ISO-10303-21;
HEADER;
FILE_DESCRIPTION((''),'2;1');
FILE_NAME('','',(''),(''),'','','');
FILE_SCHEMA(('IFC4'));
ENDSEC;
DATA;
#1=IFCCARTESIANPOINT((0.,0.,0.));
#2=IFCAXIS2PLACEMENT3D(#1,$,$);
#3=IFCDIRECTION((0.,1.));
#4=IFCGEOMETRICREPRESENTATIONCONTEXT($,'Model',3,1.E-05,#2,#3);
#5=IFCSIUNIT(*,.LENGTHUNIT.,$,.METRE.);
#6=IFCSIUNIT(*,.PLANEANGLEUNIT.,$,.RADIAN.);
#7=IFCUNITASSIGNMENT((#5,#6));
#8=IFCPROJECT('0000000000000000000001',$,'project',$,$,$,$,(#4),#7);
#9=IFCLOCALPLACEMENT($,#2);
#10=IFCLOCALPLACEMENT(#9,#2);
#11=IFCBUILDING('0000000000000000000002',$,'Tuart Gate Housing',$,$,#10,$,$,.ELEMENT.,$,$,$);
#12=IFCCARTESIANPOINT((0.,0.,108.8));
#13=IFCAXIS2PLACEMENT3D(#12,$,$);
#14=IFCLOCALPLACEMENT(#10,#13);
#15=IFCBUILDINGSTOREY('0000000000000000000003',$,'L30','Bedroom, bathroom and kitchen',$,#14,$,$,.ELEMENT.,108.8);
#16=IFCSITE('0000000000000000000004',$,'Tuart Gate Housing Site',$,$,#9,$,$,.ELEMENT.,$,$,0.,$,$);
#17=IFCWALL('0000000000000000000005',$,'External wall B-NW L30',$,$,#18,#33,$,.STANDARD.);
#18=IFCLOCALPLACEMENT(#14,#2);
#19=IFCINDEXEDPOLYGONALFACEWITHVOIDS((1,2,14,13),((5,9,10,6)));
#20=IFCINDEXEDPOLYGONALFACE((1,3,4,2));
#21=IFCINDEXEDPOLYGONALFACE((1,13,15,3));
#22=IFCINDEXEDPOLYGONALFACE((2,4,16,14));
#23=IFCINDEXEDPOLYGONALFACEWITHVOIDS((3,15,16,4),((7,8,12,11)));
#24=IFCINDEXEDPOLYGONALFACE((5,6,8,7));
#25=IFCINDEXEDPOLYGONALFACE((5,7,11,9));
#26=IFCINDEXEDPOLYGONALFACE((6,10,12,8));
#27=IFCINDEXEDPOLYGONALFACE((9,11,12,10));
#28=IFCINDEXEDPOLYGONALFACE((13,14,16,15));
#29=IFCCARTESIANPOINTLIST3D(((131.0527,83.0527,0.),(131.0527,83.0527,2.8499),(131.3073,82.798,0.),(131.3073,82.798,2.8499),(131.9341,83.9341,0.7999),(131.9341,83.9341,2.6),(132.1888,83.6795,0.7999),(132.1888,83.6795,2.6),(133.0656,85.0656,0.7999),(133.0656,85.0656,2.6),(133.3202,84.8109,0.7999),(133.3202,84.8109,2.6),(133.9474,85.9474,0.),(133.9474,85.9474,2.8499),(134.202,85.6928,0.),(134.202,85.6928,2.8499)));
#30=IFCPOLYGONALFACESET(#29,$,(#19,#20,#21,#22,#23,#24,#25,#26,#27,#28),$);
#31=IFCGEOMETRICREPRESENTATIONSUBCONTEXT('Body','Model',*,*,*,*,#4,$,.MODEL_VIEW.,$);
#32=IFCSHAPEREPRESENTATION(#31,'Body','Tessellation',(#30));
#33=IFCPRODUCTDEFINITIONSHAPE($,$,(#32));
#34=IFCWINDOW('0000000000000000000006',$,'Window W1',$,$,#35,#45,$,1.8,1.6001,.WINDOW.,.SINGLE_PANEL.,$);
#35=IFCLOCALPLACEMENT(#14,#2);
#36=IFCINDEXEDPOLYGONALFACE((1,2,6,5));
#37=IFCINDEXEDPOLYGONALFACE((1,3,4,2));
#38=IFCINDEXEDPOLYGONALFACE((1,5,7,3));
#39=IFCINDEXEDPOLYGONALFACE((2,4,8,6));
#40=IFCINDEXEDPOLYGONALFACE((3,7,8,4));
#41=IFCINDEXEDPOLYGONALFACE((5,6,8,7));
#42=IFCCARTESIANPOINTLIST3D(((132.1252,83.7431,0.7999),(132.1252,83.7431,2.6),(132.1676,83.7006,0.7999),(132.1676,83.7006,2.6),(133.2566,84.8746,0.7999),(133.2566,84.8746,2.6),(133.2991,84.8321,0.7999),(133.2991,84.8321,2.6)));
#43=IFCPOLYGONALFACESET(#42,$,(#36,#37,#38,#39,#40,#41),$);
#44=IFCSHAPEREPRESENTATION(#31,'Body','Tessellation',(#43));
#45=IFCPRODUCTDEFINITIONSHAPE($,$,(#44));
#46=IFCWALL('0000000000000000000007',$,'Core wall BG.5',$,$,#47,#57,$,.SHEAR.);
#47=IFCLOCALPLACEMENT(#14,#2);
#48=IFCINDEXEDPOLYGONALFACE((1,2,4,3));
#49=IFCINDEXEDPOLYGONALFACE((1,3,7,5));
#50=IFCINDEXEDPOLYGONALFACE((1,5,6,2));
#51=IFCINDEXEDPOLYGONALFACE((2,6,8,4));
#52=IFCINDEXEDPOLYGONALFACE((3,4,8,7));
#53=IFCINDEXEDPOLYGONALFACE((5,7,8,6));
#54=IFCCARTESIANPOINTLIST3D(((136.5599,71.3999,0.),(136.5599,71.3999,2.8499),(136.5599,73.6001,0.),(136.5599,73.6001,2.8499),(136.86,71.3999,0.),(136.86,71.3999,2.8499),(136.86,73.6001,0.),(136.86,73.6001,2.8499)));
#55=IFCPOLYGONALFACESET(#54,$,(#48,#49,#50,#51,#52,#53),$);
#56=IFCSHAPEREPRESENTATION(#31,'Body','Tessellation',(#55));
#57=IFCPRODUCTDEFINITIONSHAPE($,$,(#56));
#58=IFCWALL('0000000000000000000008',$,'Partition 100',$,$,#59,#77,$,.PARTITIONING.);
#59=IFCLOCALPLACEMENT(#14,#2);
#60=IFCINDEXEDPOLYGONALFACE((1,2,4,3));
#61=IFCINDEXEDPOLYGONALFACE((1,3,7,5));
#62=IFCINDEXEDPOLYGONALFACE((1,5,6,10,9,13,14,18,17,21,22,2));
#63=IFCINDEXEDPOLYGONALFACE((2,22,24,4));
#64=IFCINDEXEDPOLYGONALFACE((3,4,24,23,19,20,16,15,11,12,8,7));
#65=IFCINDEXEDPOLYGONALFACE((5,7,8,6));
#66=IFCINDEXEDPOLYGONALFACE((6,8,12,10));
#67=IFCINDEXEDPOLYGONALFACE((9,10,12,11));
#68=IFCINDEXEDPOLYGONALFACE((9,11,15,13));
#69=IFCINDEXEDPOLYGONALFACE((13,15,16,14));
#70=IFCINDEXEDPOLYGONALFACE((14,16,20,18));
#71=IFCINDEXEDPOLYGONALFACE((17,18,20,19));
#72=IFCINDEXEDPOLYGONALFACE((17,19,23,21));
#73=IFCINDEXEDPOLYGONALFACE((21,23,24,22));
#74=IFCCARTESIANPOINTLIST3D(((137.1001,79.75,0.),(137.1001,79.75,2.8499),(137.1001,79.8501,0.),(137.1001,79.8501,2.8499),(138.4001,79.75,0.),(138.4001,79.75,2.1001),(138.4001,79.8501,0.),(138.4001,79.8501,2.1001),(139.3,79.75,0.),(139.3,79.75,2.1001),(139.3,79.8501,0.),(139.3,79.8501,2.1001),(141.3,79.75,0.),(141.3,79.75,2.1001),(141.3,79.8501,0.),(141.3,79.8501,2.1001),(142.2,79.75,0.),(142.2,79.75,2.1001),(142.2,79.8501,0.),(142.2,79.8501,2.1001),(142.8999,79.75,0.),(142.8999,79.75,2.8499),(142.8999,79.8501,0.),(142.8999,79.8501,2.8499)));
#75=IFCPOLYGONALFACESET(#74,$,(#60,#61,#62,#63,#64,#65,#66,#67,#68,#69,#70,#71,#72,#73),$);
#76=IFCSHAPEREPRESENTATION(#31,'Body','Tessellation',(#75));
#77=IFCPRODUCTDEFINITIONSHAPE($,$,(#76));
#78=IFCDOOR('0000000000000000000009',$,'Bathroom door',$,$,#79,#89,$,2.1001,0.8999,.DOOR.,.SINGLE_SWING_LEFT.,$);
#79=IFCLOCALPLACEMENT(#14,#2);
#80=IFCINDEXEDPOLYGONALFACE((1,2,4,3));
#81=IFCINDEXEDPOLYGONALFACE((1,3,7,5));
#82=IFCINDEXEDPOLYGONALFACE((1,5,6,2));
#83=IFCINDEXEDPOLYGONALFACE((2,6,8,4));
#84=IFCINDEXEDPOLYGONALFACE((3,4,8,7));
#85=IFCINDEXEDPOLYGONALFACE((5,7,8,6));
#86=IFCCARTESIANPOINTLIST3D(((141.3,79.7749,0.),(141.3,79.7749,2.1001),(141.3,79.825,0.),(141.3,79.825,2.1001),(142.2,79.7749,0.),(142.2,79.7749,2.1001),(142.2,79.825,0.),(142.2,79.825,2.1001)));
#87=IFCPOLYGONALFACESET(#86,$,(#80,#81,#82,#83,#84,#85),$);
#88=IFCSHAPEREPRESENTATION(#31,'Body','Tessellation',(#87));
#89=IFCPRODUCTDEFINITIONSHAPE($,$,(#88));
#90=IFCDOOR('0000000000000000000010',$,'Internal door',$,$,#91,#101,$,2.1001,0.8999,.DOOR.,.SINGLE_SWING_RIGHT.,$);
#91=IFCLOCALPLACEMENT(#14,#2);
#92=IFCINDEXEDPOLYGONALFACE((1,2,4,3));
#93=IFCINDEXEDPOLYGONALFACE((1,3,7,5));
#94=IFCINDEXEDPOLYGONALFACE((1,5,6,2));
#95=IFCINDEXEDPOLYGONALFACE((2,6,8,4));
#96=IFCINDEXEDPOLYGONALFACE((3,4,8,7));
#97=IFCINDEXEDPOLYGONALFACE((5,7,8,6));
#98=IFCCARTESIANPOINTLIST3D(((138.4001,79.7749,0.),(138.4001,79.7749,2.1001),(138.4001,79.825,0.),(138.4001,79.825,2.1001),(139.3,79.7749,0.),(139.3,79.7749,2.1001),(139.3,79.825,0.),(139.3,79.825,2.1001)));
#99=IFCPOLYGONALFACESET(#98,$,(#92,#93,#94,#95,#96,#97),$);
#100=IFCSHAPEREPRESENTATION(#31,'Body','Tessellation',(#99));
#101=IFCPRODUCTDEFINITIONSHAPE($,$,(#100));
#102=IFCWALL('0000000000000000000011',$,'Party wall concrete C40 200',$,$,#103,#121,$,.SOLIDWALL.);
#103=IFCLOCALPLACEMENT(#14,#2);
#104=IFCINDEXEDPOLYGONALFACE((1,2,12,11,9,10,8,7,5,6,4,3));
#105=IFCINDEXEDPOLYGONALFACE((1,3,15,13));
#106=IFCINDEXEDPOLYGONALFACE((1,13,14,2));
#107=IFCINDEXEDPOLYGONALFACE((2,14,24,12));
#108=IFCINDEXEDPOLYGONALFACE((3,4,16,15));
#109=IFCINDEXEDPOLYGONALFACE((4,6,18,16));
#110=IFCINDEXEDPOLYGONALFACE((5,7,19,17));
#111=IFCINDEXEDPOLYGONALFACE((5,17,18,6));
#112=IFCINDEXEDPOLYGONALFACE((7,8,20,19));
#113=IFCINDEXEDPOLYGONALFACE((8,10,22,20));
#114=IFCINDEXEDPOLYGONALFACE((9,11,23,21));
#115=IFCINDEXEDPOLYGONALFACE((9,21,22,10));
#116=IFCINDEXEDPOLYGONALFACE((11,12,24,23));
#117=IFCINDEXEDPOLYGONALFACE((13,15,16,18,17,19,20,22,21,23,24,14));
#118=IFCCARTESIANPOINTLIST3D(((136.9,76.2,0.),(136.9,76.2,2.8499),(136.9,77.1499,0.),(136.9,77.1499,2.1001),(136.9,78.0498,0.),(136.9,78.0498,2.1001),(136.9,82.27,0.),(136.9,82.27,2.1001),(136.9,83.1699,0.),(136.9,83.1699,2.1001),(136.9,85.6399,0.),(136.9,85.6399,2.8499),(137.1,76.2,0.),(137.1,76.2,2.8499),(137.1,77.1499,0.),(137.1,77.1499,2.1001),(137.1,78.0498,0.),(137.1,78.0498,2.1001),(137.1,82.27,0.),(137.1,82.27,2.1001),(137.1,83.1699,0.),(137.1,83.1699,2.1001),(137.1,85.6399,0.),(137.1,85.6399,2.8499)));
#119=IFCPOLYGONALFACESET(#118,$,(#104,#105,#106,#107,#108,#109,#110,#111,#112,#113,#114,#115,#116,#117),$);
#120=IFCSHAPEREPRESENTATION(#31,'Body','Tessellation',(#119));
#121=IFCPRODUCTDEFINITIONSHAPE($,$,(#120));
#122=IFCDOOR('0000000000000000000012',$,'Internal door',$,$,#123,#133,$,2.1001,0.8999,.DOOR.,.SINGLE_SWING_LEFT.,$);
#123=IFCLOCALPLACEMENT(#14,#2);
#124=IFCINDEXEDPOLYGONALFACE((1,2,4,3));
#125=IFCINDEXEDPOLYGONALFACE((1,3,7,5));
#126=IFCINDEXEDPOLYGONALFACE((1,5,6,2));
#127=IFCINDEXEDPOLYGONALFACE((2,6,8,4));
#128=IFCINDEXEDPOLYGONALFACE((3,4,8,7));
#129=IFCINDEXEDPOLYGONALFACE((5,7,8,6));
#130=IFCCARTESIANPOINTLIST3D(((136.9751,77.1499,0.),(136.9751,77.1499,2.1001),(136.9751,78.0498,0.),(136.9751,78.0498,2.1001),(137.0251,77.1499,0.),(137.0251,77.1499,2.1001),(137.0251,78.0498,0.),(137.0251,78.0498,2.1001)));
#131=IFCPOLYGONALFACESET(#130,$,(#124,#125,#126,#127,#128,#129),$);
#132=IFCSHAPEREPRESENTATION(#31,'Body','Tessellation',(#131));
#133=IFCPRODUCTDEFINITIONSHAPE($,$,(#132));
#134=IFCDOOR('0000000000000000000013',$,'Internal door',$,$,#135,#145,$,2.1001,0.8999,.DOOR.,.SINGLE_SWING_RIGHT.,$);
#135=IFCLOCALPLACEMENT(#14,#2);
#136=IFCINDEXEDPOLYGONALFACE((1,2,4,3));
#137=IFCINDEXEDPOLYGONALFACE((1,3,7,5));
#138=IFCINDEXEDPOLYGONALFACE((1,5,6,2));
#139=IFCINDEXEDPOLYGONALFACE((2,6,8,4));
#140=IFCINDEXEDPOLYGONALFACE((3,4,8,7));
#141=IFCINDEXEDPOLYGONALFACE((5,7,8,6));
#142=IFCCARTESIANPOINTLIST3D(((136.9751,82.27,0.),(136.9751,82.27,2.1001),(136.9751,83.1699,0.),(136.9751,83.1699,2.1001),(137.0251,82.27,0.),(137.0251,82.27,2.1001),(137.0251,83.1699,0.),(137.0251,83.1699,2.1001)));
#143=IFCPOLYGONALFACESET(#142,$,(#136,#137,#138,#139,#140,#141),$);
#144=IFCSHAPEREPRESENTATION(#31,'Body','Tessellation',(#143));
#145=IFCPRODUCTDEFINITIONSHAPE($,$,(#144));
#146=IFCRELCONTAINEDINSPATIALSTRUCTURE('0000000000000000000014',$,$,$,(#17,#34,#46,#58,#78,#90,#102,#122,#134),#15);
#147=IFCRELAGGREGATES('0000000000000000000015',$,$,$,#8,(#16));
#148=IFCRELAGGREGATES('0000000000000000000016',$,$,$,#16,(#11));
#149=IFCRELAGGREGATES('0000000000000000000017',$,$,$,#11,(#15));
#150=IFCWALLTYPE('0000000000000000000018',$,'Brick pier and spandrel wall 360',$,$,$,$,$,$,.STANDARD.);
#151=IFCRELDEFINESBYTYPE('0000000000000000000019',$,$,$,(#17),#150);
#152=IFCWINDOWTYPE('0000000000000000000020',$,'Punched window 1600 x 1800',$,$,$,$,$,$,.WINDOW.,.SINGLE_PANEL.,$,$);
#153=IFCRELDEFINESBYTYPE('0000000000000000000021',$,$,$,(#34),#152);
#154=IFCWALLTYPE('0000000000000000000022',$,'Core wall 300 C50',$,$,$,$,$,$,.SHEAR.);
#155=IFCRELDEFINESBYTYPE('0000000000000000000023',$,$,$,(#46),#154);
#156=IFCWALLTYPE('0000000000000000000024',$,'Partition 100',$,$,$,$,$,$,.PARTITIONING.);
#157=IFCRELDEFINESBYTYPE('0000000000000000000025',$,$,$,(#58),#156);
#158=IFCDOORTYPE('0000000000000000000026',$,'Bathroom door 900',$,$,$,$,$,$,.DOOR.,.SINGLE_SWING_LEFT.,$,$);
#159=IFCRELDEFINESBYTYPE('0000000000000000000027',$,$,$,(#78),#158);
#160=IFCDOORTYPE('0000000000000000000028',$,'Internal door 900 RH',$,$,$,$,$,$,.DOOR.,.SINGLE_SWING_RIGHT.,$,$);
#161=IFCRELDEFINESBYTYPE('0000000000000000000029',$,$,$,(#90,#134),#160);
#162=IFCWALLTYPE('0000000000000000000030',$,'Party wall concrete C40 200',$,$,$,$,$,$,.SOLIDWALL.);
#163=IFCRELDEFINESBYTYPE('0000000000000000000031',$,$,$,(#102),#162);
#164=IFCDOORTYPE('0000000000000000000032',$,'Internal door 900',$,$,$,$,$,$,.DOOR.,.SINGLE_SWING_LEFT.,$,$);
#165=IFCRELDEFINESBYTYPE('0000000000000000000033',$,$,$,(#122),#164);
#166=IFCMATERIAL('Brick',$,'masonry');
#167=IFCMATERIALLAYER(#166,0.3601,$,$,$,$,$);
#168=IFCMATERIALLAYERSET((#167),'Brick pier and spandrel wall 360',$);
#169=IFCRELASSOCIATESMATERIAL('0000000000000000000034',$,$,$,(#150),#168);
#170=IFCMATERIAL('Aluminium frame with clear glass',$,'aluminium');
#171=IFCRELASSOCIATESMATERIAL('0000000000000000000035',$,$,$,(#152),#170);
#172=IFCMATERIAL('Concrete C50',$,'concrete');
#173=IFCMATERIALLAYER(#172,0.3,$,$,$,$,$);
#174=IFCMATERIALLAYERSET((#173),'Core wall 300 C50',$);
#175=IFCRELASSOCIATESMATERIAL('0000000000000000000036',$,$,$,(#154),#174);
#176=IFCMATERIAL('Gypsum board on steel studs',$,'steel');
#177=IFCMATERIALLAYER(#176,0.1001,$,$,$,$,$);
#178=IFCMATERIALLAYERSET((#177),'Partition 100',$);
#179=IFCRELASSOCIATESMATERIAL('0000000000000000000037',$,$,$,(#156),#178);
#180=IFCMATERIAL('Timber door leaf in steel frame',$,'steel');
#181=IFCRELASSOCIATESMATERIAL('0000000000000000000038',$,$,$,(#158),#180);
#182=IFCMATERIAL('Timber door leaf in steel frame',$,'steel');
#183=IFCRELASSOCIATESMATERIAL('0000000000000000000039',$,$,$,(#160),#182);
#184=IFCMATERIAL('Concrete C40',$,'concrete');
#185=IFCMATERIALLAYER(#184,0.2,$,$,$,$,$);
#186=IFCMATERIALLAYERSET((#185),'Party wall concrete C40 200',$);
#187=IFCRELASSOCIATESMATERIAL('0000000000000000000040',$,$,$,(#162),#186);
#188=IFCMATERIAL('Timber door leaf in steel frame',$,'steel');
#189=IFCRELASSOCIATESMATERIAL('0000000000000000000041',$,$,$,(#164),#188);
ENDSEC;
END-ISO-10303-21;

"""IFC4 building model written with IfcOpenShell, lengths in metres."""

from ifc_helpers import new_model, si_unit, direction, frame, frame_2d, origin, place, context, subcontext, project, spatial, rectangle, extrude, material, layer, layer_set, type_object, element, fill, save


model = new_model("IFC4")

# Units and contexts
model_context = context("Model", 3, precision=1e-05, world=origin(), true_north=direction((0.0, 1.0)))
body_context = subcontext(model_context, "Body", "Model", "MODEL_VIEW")
ifc_project = project(units=[si_unit("LENGTHUNIT", "METRE"), si_unit("PLANEANGLEUNIT", "RADIAN")], contexts=[model_context])

# Site, building, storey
site_placement = place(None, origin())
site = spatial("IfcSite", under=ifc_project, at=site_placement, Name="Tuart Gate Housing Site", CompositionType="ELEMENT", RefElevation=0.0)
building_placement = place(site_placement, origin())
building = spatial("IfcBuilding", under=site, at=building_placement, Name="Tuart Gate Housing", CompositionType="ELEMENT")
storey_placement = place(building_placement, frame((0.0, 0.0, 108.8)))
storey = spatial("IfcBuildingStorey", under=building, at=storey_placement, Name="L30", Description="Bedroom, bathroom and kitchen", CompositionType="ELEMENT", Elevation=108.8)

# Wall, opening, window
ifc_material_1 = material(Name="Brick", Category="masonry")
ifc_layer_1 = layer(ifc_material_1, 0.3601)
ifc_layer_set_1 = layer_set([ifc_layer_1], Name="Brick pier and spandrel wall 360")
wall_type_1 = type_object("IfcWallType", Name="Brick pier and spandrel wall 360", PredefinedType="STANDARD", material=ifc_layer_set_1)
wall_1_placement = place(storey_placement, frame((134.0747, 85.8201, 0.0), z_axis=(0.0, 0.0, 1.0), x_axis=(-0.707107, -0.707107, 0.0)))
wall_1 = element("IfcWall", 1, at=wall_1_placement, inside=storey, type_object=wall_type_1, Name="External wall B-NW L30", PredefinedType="STANDARD", context=body_context, shape_type="SweptSolid", body=[
    extrude(rectangle(XDim=4.0938, YDim=0.3601, at=frame_2d((2.0469, 0.0))), origin(), (0.0, 0.0, 1.0), 2.8499),
])
opening_1_placement = place(wall_1_placement, frame((1.2471, 0.0, 0.8)))
opening_1 = element("IfcOpeningElement", 2, at=opening_1_placement, cuts=wall_1, PredefinedType="OPENING", context=body_context, shape_type="SweptSolid", body=[
    extrude(rectangle(XDim=1.6001, YDim=1.8, at=frame_2d((0.8, 0.8999))), frame((0.0, 0.1899, 0.0), z_axis=(0.0, -1.0, 0.0), x_axis=(1.0, 0.0, 0.0)), (0.0, 0.0, 1.0), 0.3801),
])
ifc_material_2 = material(Name="Aluminium frame with clear glass", Category="aluminium")
window_type = type_object("IfcWindowType", Name="Punched window 1600 x 1800", PartitioningType="SINGLE_PANEL", PredefinedType="WINDOW", material=ifc_material_2)
window_placement = place(opening_1_placement, origin())
window = element("IfcWindow", 3, at=window_placement, inside=storey, type_object=window_type, Name="Window W1", OverallHeight=1.8, OverallWidth=1.6001, PartitioningType="SINGLE_PANEL", PredefinedType="WINDOW", context=body_context, shape_type="SweptSolid", body=[
    extrude(rectangle(XDim=1.6001, YDim=1.8, at=frame_2d((0.8, 0.8999))), frame((0.0, 0.1501, 0.0), z_axis=(0.0, -1.0, 0.0), x_axis=(1.0, 0.0, 0.0)), (0.0, 0.0, 1.0), 0.0601),
])
fill(opening_1, window)

# Wall
ifc_material_3 = material(Name="Concrete C50", Category="concrete")
ifc_layer_2 = layer(ifc_material_3, 0.3)
ifc_layer_set_2 = layer_set([ifc_layer_2], Name="Core wall 300 C50")
wall_type_2 = type_object("IfcWallType", Name="Core wall 300 C50", PredefinedType="SHEAR", material=ifc_layer_set_2)
wall_2_placement = place(storey_placement, frame((136.71, 71.3999, 0.0), z_axis=(0.0, 0.0, 1.0), x_axis=(0.0, 1.0, 0.0)))
element("IfcWall", 4, at=wall_2_placement, inside=storey, type_object=wall_type_2, Name="Core wall BG.5", PredefinedType="SHEAR", context=body_context, shape_type="SweptSolid", body=[
    extrude(rectangle(XDim=2.2002, YDim=0.3, at=frame_2d((1.1001, 0.0))), origin(), (0.0, 0.0, 1.0), 2.8499),
])

# Walls, openings, doors
ifc_material_4 = material(Name="Gypsum board on steel studs", Category="steel")
ifc_layer_3 = layer(ifc_material_4, 0.1001)
ifc_layer_set_3 = layer_set([ifc_layer_3], Name="Partition 100")
wall_type_3 = type_object("IfcWallType", Name="Partition 100", PredefinedType="PARTITIONING", material=ifc_layer_set_3)
wall_3_placement = place(storey_placement, frame((137.1001, 79.8, 0.0), z_axis=(0.0, 0.0, 1.0), x_axis=(1.0, 0.0, 0.0)))
wall_3 = element("IfcWall", 5, at=wall_3_placement, inside=storey, type_object=wall_type_3, Name="Partition 100", PredefinedType="PARTITIONING", context=body_context, shape_type="SweptSolid", body=[
    extrude(rectangle(XDim=5.7998, YDim=0.1001, at=frame_2d((2.8999, 0.0))), origin(), (0.0, 0.0, 1.0), 2.8499),
])
opening_2_placement = place(wall_3_placement, frame((1.3, 0.0, 0.0)))
opening_2 = element("IfcOpeningElement", 6, at=opening_2_placement, cuts=wall_3, PredefinedType="OPENING", context=body_context, shape_type="SweptSolid", body=[
    extrude(rectangle(XDim=0.8999, YDim=2.1001, at=frame_2d((0.45, 1.05))), frame((0.0, 0.0601, 0.0), z_axis=(0.0, -1.0, 0.0), x_axis=(1.0, 0.0, 0.0)), (0.0, 0.0, 1.0), 0.1201),
])
opening_3_placement = place(wall_3_placement, frame((4.2, 0.0, 0.0)))
opening_3 = element("IfcOpeningElement", 7, at=opening_3_placement, cuts=wall_3, PredefinedType="OPENING", context=body_context, shape_type="SweptSolid", body=[
    extrude(rectangle(XDim=0.8999, YDim=2.1001, at=frame_2d((0.45, 1.05))), frame((0.0, 0.0601, 0.0), z_axis=(0.0, -1.0, 0.0), x_axis=(1.0, 0.0, 0.0)), (0.0, 0.0, 1.0), 0.1201),
])
ifc_material_5 = material(Name="Timber door leaf in steel frame", Category="steel")
door_type_1 = type_object("IfcDoorType", Name="Bathroom door 900", OperationType="SINGLE_SWING_LEFT", PredefinedType="DOOR", material=ifc_material_5)
door_1_placement = place(opening_3_placement, origin())
door_1 = element("IfcDoor", 8, at=door_1_placement, inside=storey, type_object=door_type_1, Name="Bathroom door", OperationType="SINGLE_SWING_LEFT", OverallHeight=2.1001, OverallWidth=0.8999, PredefinedType="DOOR", context=body_context, shape_type="SweptSolid", body=[
    extrude(rectangle(XDim=0.8999, YDim=2.1001, at=frame_2d((0.45, 1.05))), frame((0.0, 0.0249, 0.0), z_axis=(0.0, -1.0, 0.0), x_axis=(1.0, 0.0, 0.0)), (0.0, 0.0, 1.0), 0.05),
])
fill(opening_3, door_1)
ifc_material_6 = material(Name="Timber door leaf in steel frame", Category="steel")
door_type_2 = type_object("IfcDoorType", Name="Internal door 900 RH", OperationType="SINGLE_SWING_RIGHT", PredefinedType="DOOR", material=ifc_material_6)
door_2_placement = place(opening_2_placement, frame((0.8999, 0.0, 0.0), z_axis=(0.0, 0.0, 1.0), x_axis=(-1.0, 0.0, 0.0)))
door_2 = element("IfcDoor", 9, at=door_2_placement, inside=storey, type_object=door_type_2, Name="Internal door", OperationType="SINGLE_SWING_RIGHT", OverallHeight=2.1001, OverallWidth=0.8999, PredefinedType="DOOR", context=body_context, shape_type="SweptSolid", body=[
    extrude(rectangle(XDim=0.8999, YDim=2.1001, at=frame_2d((0.45, 1.05))), frame((0.0, 0.0251, 0.0), z_axis=(0.0, -1.0, 0.0), x_axis=(1.0, 0.0, 0.0)), (0.0, 0.0, 1.0), 0.05),
])
fill(opening_2, door_2)
ifc_material_7 = material(Name="Concrete C40", Category="concrete")
ifc_layer_4 = layer(ifc_material_7, 0.2)
ifc_layer_set_4 = layer_set([ifc_layer_4], Name="Party wall concrete C40 200")
wall_type_4 = type_object("IfcWallType", Name="Party wall concrete C40 200", PredefinedType="SOLIDWALL", material=ifc_layer_set_4)
wall_4_placement = place(storey_placement, frame((137.0, 76.2, 0.0), z_axis=(0.0, 0.0, 1.0), x_axis=(0.0, 1.0, 0.0)))
wall_4 = element("IfcWall", 10, at=wall_4_placement, inside=storey, type_object=wall_type_4, Name="Party wall concrete C40 200", PredefinedType="SOLIDWALL", context=body_context, shape_type="SweptSolid", body=[
    extrude(rectangle(XDim=9.4399, YDim=0.2, at=frame_2d((4.72, 0.0))), origin(), (0.0, 0.0, 1.0), 2.8499),
])
opening_4_placement = place(wall_4_placement, frame((6.0701, 0.0, 0.0)))
opening_4 = element("IfcOpeningElement", 11, at=opening_4_placement, cuts=wall_4, PredefinedType="OPENING", context=body_context, shape_type="SweptSolid", body=[
    extrude(rectangle(XDim=0.8999, YDim=2.1001, at=frame_2d((0.45, 1.05))), frame((0.0, 0.1099, 0.0), z_axis=(0.0, -1.0, 0.0), x_axis=(1.0, 0.0, 0.0)), (0.0, 0.0, 1.0), 0.22),
])
opening_5_placement = place(wall_4_placement, frame((0.95, 0.0, 0.0)))
opening_5 = element("IfcOpeningElement", 12, at=opening_5_placement, cuts=wall_4, PredefinedType="OPENING", context=body_context, shape_type="SweptSolid", body=[
    extrude(rectangle(XDim=0.8999, YDim=2.1001, at=frame_2d((0.45, 1.05))), frame((0.0, 0.1099, 0.0), z_axis=(0.0, -1.0, 0.0), x_axis=(1.0, 0.0, 0.0)), (0.0, 0.0, 1.0), 0.22),
])
ifc_material_8 = material(Name="Timber door leaf in steel frame", Category="steel")
door_type_3 = type_object("IfcDoorType", Name="Internal door 900", OperationType="SINGLE_SWING_LEFT", PredefinedType="DOOR", material=ifc_material_8)
door_3_placement = place(opening_5_placement, origin())
door_3 = element("IfcDoor", 13, at=door_3_placement, inside=storey, type_object=door_type_3, Name="Internal door", OperationType="SINGLE_SWING_LEFT", OverallHeight=2.1001, OverallWidth=0.8999, PredefinedType="DOOR", context=body_context, shape_type="SweptSolid", body=[
    extrude(rectangle(XDim=0.8999, YDim=2.1001, at=frame_2d((0.45, 1.05))), frame((0.0, 0.0249, 0.0), z_axis=(0.0, -1.0, 0.0), x_axis=(1.0, 0.0, 0.0)), (0.0, 0.0, 1.0), 0.05),
])
fill(opening_5, door_3)
door_4_placement = place(opening_4_placement, origin())
door_4 = element("IfcDoor", 14, at=door_4_placement, inside=storey, type_object=door_type_2, Name="Internal door", OperationType="SINGLE_SWING_RIGHT", OverallHeight=2.1001, OverallWidth=0.8999, PredefinedType="DOOR", context=body_context, shape_type="SweptSolid", body=[
    extrude(rectangle(XDim=0.8999, YDim=2.1001, at=frame_2d((0.45, 1.05))), frame((0.0, 0.0249, 0.0), z_axis=(0.0, -1.0, 0.0), x_axis=(1.0, 0.0, 0.0)), (0.0, 0.0, 1.0), 0.05),
])
fill(opening_4, door_4)

save(model, "model.ifc")
